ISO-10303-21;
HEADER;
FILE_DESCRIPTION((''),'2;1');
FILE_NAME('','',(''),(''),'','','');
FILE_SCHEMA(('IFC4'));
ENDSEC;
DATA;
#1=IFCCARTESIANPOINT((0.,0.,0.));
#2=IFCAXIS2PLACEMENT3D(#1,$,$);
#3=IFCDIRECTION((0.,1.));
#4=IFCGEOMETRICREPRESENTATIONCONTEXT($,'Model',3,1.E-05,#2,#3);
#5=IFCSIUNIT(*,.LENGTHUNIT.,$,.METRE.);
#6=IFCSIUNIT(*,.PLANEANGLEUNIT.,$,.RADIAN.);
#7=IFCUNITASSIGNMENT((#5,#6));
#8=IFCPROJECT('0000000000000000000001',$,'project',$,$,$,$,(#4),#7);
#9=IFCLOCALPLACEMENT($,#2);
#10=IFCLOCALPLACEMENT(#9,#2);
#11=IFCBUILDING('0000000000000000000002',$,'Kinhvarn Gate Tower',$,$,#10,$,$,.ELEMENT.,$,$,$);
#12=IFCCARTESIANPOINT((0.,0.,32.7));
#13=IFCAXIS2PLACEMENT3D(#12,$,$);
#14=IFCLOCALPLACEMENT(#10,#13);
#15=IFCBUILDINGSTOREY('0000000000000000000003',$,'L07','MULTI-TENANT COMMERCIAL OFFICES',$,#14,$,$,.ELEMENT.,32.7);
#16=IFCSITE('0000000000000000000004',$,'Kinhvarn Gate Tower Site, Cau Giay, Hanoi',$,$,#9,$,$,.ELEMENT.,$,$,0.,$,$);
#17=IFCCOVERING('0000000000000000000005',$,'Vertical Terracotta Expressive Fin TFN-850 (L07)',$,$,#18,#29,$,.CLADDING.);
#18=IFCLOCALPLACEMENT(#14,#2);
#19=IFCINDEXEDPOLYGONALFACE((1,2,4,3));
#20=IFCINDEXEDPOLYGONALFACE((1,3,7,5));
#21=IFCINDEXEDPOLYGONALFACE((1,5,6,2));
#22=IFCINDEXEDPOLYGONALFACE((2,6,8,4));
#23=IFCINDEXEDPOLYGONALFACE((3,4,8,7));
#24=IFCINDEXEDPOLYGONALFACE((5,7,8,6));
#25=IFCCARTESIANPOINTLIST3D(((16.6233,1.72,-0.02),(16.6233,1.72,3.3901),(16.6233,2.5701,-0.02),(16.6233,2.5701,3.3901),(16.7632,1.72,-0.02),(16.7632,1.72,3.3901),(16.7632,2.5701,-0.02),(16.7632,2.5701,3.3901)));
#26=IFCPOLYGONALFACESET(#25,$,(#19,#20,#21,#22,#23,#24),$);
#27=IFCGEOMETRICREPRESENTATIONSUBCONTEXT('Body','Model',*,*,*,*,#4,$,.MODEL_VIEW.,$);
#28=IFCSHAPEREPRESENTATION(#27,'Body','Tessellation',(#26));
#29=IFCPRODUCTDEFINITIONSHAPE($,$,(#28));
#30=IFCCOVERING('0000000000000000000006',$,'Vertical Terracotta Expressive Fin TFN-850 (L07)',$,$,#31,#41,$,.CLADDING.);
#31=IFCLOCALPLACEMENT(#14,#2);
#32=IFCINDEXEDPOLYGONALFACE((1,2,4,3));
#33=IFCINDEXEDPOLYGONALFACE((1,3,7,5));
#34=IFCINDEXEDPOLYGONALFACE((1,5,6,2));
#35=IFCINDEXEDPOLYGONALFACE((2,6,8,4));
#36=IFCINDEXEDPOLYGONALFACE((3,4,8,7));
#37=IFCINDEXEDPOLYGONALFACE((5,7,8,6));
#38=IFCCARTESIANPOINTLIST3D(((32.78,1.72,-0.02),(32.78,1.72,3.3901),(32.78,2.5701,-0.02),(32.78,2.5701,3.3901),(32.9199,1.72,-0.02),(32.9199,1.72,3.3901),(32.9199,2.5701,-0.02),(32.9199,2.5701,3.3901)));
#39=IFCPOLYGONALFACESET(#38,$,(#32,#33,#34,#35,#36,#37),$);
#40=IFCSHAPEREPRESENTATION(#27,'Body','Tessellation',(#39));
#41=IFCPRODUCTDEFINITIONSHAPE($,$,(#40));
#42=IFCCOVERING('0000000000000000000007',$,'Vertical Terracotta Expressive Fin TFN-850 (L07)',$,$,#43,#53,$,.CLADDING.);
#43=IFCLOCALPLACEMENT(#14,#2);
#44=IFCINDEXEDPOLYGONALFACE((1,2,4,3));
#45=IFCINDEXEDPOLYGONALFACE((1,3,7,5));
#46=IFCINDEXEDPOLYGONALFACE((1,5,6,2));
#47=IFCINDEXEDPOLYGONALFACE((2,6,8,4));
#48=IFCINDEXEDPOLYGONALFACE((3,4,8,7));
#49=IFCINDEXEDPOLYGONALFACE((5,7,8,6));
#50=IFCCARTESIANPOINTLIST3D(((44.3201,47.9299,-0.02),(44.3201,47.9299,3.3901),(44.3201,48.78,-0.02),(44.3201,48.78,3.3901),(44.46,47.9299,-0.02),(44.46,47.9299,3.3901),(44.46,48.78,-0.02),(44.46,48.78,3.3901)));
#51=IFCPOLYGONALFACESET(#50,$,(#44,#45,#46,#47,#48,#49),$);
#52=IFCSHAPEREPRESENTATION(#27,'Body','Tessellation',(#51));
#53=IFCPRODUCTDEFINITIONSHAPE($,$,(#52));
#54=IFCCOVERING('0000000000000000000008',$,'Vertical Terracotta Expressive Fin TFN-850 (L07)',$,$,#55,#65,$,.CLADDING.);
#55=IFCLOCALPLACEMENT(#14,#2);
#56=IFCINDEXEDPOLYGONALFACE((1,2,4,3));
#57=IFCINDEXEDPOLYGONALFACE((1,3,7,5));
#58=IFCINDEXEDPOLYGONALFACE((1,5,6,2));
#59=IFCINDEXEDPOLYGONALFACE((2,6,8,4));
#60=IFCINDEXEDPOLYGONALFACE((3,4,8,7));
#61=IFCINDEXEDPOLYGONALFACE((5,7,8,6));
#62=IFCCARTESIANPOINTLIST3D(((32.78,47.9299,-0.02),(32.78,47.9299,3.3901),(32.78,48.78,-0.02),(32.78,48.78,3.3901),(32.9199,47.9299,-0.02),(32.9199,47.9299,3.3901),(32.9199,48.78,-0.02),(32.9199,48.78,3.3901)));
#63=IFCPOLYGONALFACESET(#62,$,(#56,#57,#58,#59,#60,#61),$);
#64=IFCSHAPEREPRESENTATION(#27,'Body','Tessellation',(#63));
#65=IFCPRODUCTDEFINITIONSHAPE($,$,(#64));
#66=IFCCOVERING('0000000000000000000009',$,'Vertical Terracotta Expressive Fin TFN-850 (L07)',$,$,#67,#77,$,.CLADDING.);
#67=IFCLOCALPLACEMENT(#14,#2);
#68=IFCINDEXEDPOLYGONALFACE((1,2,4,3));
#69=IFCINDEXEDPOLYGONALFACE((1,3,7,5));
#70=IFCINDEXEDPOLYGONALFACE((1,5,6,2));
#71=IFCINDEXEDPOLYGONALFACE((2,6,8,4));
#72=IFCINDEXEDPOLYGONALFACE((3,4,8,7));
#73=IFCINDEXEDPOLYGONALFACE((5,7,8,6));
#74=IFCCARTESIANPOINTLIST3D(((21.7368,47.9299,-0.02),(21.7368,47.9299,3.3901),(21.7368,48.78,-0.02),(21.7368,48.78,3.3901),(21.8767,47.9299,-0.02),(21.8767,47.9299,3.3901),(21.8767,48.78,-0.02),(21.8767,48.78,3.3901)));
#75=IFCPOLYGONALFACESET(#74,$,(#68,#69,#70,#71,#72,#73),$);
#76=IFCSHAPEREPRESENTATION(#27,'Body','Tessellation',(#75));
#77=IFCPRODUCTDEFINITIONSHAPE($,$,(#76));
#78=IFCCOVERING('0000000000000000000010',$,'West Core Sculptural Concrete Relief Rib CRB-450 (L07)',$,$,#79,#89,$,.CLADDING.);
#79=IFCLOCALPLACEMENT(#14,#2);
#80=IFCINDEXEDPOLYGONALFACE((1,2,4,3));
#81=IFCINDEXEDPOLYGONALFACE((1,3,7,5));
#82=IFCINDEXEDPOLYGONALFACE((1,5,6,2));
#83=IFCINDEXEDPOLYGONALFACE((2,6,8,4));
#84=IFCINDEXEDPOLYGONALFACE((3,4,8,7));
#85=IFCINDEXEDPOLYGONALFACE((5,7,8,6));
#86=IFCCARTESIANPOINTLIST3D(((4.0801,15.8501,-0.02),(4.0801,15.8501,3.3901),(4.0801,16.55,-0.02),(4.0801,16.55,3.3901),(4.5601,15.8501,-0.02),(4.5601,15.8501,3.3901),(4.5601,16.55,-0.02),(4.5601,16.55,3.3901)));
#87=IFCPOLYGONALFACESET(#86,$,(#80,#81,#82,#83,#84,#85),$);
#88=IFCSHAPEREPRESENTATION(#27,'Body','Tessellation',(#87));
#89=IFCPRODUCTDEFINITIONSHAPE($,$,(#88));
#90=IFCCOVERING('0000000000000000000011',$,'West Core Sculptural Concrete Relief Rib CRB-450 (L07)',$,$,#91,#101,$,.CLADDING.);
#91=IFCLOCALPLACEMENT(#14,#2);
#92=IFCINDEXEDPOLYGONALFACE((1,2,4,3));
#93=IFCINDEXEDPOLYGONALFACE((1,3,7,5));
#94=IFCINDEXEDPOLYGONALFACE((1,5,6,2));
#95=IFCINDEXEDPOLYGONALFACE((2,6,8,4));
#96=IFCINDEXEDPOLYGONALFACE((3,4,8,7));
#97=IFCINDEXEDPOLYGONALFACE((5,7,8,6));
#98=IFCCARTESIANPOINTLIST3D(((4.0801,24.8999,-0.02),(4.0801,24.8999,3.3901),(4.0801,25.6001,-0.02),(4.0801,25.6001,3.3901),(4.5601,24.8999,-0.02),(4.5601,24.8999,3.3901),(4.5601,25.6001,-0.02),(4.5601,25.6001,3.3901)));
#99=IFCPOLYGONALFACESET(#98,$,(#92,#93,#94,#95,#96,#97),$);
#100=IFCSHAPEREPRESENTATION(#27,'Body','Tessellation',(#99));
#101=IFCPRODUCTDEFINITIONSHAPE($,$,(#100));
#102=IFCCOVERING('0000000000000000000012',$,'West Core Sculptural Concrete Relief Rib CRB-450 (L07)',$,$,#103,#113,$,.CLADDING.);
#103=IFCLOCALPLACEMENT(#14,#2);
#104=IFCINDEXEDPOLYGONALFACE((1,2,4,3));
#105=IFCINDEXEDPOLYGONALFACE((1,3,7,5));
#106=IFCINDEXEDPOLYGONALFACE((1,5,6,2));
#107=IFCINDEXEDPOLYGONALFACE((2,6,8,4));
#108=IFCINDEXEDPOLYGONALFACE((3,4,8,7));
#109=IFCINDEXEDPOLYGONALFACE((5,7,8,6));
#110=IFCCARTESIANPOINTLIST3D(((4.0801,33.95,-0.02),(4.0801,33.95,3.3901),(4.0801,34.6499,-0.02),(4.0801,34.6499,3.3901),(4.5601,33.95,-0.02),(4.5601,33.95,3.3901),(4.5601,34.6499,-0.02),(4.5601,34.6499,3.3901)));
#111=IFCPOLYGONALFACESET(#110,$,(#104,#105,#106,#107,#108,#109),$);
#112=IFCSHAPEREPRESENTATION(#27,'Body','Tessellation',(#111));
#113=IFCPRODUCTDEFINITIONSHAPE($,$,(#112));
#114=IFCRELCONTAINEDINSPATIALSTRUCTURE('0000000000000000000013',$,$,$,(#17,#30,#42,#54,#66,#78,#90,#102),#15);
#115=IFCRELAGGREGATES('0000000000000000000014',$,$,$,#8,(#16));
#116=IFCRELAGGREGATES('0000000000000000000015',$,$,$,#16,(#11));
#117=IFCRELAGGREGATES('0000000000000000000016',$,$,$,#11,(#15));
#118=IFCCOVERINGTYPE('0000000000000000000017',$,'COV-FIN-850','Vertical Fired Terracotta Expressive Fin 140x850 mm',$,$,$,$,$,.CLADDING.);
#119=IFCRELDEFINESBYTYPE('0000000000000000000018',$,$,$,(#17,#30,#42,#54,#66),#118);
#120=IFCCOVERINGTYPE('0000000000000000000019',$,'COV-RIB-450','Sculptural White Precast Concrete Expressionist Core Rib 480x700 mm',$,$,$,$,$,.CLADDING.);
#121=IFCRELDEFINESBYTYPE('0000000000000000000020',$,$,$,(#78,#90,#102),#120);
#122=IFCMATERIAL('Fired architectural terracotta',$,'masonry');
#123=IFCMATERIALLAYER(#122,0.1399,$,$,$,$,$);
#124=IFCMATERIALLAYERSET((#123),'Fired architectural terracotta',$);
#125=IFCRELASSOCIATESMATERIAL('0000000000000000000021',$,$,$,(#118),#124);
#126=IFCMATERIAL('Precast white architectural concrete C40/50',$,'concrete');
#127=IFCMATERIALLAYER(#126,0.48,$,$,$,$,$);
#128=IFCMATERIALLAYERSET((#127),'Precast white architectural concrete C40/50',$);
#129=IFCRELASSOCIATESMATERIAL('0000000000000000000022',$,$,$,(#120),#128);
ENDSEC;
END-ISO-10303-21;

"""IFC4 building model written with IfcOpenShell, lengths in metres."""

from ifc_helpers import new_model, si_unit, direction, frame, origin, place, context, subcontext, project, spatial, polyline, outline, extrude, material, layer, layer_set, type_object, element, save


model = new_model("IFC4")

# Units and contexts
model_context = context("Model", 3, precision=1e-05, world=origin(), true_north=direction((0.0, 1.0)))
body_context = subcontext(model_context, "Body", "Model", "MODEL_VIEW")
ifc_project = project(units=[si_unit("LENGTHUNIT", "METRE"), si_unit("PLANEANGLEUNIT", "RADIAN")], contexts=[model_context])

# Site, building, storey
site_placement = place(None, origin())
site = spatial("IfcSite", under=ifc_project, at=site_placement, Name="Kinhvarn Gate Tower Site, Cau Giay, Hanoi", CompositionType="ELEMENT", RefElevation=0.0)
building_placement = place(site_placement, origin())
building = spatial("IfcBuilding", under=site, at=building_placement, Name="Kinhvarn Gate Tower", CompositionType="ELEMENT")
storey_placement = place(building_placement, frame((0.0, 0.0, 32.7)))
storey = spatial("IfcBuildingStorey", under=building, at=storey_placement, Name="L07", Description="MULTI-TENANT COMMERCIAL OFFICES", CompositionType="ELEMENT", Elevation=32.7)

# Shared definitions
ifc_material_1 = material(Name="Precast white architectural concrete C40/50", Category="concrete")

# Coverings
ifc_material_2 = material(Name="Fired architectural terracotta", Category="masonry")
ifc_layer_1 = layer(ifc_material_2, 0.1399)
ifc_layer_set_1 = layer_set([ifc_layer_1], Name="Fired architectural terracotta")
covering_type_1 = type_object("IfcCoveringType", Name="COV-FIN-850", Description="Vertical Fired Terracotta Expressive Fin 140x850 mm", PredefinedType="CLADDING", material=ifc_layer_set_1)
covering_1_placement = place(storey_placement, frame((0.0, 0.0, -0.02)))
element("IfcCovering", 1, at=covering_1_placement, inside=storey, type_object=covering_type_1, Name="Vertical Terracotta Expressive Fin TFN-850 (L07)", PredefinedType="CLADDING", context=body_context, shape_type="SweptSolid", body=[
    extrude(outline(polyline([(16.6233, 2.5701), (16.7632, 2.5701), (16.7632, 1.72), (16.6233, 1.72), (16.6233, 2.5701)])), origin(), (0.0, 0.0, 1.0), 3.4102),
])
covering_2_placement = place(storey_placement, frame((0.0, 0.0, -0.02)))
element("IfcCovering", 2, at=covering_2_placement, inside=storey, type_object=covering_type_1, Name="Vertical Terracotta Expressive Fin TFN-850 (L07)", PredefinedType="CLADDING", context=body_context, shape_type="SweptSolid", body=[
    extrude(outline(polyline([(32.78, 2.5701), (32.9199, 2.5701), (32.9199, 1.72), (32.78, 1.72), (32.78, 2.5701)])), origin(), (0.0, 0.0, 1.0), 3.4102),
])
covering_3_placement = place(storey_placement, frame((0.0, 0.0, -0.02)))
element("IfcCovering", 3, at=covering_3_placement, inside=storey, type_object=covering_type_1, Name="Vertical Terracotta Expressive Fin TFN-850 (L07)", PredefinedType="CLADDING", context=body_context, shape_type="SweptSolid", body=[
    extrude(outline(polyline([(44.46, 47.9299), (44.3201, 47.9299), (44.3201, 48.78), (44.46, 48.78), (44.46, 47.9299)])), origin(), (0.0, 0.0, 1.0), 3.4102),
])
covering_4_placement = place(storey_placement, frame((0.0, 0.0, -0.02)))
element("IfcCovering", 4, at=covering_4_placement, inside=storey, type_object=covering_type_1, Name="Vertical Terracotta Expressive Fin TFN-850 (L07)", PredefinedType="CLADDING", context=body_context, shape_type="SweptSolid", body=[
    extrude(outline(polyline([(32.9199, 47.9299), (32.78, 47.9299), (32.78, 48.78), (32.9199, 48.78), (32.9199, 47.9299)])), origin(), (0.0, 0.0, 1.0), 3.4102),
])
covering_5_placement = place(storey_placement, frame((0.0, 0.0, -0.02)))
element("IfcCovering", 5, at=covering_5_placement, inside=storey, type_object=covering_type_1, Name="Vertical Terracotta Expressive Fin TFN-850 (L07)", PredefinedType="CLADDING", context=body_context, shape_type="SweptSolid", body=[
    extrude(outline(polyline([(21.8767, 47.9299), (21.7368, 47.9299), (21.7368, 48.78), (21.8767, 48.78), (21.8767, 47.9299)])), origin(), (0.0, 0.0, 1.0), 3.4102),
])
ifc_layer_2 = layer(ifc_material_1, 0.48)
ifc_layer_set_2 = layer_set([ifc_layer_2], Name="Precast white architectural concrete C40/50")
covering_type_2 = type_object("IfcCoveringType", Name="COV-RIB-450", Description="Sculptural White Precast Concrete Expressionist Core Rib 480x700 mm", PredefinedType="CLADDING", material=ifc_layer_set_2)
covering_6_placement = place(storey_placement, frame((0.0, 0.0, -0.02)))
element("IfcCovering", 6, at=covering_6_placement, inside=storey, type_object=covering_type_2, Name="West Core Sculptural Concrete Relief Rib CRB-450 (L07)", PredefinedType="CLADDING", context=body_context, shape_type="SweptSolid", body=[
    extrude(outline(polyline([(4.0801, 15.8501), (4.5601, 15.8501), (4.5601, 16.55), (4.0801, 16.55), (4.0801, 15.8501)])), origin(), (0.0, 0.0, 1.0), 3.4102),
])
covering_7_placement = place(storey_placement, frame((0.0, 0.0, -0.02)))
element("IfcCovering", 7, at=covering_7_placement, inside=storey, type_object=covering_type_2, Name="West Core Sculptural Concrete Relief Rib CRB-450 (L07)", PredefinedType="CLADDING", context=body_context, shape_type="SweptSolid", body=[
    extrude(outline(polyline([(4.0801, 24.8999), (4.5601, 24.8999), (4.5601, 25.6001), (4.0801, 25.6001), (4.0801, 24.8999)])), origin(), (0.0, 0.0, 1.0), 3.4102),
])
covering_8_placement = place(storey_placement, frame((0.0, 0.0, -0.02)))
element("IfcCovering", 8, at=covering_8_placement, inside=storey, type_object=covering_type_2, Name="West Core Sculptural Concrete Relief Rib CRB-450 (L07)", PredefinedType="CLADDING", context=body_context, shape_type="SweptSolid", body=[
    extrude(outline(polyline([(4.0801, 33.95), (4.5601, 33.95), (4.5601, 34.6499), (4.0801, 34.6499), (4.0801, 33.95)])), origin(), (0.0, 0.0, 1.0), 3.4102),
])

save(model, "model.ifc")
